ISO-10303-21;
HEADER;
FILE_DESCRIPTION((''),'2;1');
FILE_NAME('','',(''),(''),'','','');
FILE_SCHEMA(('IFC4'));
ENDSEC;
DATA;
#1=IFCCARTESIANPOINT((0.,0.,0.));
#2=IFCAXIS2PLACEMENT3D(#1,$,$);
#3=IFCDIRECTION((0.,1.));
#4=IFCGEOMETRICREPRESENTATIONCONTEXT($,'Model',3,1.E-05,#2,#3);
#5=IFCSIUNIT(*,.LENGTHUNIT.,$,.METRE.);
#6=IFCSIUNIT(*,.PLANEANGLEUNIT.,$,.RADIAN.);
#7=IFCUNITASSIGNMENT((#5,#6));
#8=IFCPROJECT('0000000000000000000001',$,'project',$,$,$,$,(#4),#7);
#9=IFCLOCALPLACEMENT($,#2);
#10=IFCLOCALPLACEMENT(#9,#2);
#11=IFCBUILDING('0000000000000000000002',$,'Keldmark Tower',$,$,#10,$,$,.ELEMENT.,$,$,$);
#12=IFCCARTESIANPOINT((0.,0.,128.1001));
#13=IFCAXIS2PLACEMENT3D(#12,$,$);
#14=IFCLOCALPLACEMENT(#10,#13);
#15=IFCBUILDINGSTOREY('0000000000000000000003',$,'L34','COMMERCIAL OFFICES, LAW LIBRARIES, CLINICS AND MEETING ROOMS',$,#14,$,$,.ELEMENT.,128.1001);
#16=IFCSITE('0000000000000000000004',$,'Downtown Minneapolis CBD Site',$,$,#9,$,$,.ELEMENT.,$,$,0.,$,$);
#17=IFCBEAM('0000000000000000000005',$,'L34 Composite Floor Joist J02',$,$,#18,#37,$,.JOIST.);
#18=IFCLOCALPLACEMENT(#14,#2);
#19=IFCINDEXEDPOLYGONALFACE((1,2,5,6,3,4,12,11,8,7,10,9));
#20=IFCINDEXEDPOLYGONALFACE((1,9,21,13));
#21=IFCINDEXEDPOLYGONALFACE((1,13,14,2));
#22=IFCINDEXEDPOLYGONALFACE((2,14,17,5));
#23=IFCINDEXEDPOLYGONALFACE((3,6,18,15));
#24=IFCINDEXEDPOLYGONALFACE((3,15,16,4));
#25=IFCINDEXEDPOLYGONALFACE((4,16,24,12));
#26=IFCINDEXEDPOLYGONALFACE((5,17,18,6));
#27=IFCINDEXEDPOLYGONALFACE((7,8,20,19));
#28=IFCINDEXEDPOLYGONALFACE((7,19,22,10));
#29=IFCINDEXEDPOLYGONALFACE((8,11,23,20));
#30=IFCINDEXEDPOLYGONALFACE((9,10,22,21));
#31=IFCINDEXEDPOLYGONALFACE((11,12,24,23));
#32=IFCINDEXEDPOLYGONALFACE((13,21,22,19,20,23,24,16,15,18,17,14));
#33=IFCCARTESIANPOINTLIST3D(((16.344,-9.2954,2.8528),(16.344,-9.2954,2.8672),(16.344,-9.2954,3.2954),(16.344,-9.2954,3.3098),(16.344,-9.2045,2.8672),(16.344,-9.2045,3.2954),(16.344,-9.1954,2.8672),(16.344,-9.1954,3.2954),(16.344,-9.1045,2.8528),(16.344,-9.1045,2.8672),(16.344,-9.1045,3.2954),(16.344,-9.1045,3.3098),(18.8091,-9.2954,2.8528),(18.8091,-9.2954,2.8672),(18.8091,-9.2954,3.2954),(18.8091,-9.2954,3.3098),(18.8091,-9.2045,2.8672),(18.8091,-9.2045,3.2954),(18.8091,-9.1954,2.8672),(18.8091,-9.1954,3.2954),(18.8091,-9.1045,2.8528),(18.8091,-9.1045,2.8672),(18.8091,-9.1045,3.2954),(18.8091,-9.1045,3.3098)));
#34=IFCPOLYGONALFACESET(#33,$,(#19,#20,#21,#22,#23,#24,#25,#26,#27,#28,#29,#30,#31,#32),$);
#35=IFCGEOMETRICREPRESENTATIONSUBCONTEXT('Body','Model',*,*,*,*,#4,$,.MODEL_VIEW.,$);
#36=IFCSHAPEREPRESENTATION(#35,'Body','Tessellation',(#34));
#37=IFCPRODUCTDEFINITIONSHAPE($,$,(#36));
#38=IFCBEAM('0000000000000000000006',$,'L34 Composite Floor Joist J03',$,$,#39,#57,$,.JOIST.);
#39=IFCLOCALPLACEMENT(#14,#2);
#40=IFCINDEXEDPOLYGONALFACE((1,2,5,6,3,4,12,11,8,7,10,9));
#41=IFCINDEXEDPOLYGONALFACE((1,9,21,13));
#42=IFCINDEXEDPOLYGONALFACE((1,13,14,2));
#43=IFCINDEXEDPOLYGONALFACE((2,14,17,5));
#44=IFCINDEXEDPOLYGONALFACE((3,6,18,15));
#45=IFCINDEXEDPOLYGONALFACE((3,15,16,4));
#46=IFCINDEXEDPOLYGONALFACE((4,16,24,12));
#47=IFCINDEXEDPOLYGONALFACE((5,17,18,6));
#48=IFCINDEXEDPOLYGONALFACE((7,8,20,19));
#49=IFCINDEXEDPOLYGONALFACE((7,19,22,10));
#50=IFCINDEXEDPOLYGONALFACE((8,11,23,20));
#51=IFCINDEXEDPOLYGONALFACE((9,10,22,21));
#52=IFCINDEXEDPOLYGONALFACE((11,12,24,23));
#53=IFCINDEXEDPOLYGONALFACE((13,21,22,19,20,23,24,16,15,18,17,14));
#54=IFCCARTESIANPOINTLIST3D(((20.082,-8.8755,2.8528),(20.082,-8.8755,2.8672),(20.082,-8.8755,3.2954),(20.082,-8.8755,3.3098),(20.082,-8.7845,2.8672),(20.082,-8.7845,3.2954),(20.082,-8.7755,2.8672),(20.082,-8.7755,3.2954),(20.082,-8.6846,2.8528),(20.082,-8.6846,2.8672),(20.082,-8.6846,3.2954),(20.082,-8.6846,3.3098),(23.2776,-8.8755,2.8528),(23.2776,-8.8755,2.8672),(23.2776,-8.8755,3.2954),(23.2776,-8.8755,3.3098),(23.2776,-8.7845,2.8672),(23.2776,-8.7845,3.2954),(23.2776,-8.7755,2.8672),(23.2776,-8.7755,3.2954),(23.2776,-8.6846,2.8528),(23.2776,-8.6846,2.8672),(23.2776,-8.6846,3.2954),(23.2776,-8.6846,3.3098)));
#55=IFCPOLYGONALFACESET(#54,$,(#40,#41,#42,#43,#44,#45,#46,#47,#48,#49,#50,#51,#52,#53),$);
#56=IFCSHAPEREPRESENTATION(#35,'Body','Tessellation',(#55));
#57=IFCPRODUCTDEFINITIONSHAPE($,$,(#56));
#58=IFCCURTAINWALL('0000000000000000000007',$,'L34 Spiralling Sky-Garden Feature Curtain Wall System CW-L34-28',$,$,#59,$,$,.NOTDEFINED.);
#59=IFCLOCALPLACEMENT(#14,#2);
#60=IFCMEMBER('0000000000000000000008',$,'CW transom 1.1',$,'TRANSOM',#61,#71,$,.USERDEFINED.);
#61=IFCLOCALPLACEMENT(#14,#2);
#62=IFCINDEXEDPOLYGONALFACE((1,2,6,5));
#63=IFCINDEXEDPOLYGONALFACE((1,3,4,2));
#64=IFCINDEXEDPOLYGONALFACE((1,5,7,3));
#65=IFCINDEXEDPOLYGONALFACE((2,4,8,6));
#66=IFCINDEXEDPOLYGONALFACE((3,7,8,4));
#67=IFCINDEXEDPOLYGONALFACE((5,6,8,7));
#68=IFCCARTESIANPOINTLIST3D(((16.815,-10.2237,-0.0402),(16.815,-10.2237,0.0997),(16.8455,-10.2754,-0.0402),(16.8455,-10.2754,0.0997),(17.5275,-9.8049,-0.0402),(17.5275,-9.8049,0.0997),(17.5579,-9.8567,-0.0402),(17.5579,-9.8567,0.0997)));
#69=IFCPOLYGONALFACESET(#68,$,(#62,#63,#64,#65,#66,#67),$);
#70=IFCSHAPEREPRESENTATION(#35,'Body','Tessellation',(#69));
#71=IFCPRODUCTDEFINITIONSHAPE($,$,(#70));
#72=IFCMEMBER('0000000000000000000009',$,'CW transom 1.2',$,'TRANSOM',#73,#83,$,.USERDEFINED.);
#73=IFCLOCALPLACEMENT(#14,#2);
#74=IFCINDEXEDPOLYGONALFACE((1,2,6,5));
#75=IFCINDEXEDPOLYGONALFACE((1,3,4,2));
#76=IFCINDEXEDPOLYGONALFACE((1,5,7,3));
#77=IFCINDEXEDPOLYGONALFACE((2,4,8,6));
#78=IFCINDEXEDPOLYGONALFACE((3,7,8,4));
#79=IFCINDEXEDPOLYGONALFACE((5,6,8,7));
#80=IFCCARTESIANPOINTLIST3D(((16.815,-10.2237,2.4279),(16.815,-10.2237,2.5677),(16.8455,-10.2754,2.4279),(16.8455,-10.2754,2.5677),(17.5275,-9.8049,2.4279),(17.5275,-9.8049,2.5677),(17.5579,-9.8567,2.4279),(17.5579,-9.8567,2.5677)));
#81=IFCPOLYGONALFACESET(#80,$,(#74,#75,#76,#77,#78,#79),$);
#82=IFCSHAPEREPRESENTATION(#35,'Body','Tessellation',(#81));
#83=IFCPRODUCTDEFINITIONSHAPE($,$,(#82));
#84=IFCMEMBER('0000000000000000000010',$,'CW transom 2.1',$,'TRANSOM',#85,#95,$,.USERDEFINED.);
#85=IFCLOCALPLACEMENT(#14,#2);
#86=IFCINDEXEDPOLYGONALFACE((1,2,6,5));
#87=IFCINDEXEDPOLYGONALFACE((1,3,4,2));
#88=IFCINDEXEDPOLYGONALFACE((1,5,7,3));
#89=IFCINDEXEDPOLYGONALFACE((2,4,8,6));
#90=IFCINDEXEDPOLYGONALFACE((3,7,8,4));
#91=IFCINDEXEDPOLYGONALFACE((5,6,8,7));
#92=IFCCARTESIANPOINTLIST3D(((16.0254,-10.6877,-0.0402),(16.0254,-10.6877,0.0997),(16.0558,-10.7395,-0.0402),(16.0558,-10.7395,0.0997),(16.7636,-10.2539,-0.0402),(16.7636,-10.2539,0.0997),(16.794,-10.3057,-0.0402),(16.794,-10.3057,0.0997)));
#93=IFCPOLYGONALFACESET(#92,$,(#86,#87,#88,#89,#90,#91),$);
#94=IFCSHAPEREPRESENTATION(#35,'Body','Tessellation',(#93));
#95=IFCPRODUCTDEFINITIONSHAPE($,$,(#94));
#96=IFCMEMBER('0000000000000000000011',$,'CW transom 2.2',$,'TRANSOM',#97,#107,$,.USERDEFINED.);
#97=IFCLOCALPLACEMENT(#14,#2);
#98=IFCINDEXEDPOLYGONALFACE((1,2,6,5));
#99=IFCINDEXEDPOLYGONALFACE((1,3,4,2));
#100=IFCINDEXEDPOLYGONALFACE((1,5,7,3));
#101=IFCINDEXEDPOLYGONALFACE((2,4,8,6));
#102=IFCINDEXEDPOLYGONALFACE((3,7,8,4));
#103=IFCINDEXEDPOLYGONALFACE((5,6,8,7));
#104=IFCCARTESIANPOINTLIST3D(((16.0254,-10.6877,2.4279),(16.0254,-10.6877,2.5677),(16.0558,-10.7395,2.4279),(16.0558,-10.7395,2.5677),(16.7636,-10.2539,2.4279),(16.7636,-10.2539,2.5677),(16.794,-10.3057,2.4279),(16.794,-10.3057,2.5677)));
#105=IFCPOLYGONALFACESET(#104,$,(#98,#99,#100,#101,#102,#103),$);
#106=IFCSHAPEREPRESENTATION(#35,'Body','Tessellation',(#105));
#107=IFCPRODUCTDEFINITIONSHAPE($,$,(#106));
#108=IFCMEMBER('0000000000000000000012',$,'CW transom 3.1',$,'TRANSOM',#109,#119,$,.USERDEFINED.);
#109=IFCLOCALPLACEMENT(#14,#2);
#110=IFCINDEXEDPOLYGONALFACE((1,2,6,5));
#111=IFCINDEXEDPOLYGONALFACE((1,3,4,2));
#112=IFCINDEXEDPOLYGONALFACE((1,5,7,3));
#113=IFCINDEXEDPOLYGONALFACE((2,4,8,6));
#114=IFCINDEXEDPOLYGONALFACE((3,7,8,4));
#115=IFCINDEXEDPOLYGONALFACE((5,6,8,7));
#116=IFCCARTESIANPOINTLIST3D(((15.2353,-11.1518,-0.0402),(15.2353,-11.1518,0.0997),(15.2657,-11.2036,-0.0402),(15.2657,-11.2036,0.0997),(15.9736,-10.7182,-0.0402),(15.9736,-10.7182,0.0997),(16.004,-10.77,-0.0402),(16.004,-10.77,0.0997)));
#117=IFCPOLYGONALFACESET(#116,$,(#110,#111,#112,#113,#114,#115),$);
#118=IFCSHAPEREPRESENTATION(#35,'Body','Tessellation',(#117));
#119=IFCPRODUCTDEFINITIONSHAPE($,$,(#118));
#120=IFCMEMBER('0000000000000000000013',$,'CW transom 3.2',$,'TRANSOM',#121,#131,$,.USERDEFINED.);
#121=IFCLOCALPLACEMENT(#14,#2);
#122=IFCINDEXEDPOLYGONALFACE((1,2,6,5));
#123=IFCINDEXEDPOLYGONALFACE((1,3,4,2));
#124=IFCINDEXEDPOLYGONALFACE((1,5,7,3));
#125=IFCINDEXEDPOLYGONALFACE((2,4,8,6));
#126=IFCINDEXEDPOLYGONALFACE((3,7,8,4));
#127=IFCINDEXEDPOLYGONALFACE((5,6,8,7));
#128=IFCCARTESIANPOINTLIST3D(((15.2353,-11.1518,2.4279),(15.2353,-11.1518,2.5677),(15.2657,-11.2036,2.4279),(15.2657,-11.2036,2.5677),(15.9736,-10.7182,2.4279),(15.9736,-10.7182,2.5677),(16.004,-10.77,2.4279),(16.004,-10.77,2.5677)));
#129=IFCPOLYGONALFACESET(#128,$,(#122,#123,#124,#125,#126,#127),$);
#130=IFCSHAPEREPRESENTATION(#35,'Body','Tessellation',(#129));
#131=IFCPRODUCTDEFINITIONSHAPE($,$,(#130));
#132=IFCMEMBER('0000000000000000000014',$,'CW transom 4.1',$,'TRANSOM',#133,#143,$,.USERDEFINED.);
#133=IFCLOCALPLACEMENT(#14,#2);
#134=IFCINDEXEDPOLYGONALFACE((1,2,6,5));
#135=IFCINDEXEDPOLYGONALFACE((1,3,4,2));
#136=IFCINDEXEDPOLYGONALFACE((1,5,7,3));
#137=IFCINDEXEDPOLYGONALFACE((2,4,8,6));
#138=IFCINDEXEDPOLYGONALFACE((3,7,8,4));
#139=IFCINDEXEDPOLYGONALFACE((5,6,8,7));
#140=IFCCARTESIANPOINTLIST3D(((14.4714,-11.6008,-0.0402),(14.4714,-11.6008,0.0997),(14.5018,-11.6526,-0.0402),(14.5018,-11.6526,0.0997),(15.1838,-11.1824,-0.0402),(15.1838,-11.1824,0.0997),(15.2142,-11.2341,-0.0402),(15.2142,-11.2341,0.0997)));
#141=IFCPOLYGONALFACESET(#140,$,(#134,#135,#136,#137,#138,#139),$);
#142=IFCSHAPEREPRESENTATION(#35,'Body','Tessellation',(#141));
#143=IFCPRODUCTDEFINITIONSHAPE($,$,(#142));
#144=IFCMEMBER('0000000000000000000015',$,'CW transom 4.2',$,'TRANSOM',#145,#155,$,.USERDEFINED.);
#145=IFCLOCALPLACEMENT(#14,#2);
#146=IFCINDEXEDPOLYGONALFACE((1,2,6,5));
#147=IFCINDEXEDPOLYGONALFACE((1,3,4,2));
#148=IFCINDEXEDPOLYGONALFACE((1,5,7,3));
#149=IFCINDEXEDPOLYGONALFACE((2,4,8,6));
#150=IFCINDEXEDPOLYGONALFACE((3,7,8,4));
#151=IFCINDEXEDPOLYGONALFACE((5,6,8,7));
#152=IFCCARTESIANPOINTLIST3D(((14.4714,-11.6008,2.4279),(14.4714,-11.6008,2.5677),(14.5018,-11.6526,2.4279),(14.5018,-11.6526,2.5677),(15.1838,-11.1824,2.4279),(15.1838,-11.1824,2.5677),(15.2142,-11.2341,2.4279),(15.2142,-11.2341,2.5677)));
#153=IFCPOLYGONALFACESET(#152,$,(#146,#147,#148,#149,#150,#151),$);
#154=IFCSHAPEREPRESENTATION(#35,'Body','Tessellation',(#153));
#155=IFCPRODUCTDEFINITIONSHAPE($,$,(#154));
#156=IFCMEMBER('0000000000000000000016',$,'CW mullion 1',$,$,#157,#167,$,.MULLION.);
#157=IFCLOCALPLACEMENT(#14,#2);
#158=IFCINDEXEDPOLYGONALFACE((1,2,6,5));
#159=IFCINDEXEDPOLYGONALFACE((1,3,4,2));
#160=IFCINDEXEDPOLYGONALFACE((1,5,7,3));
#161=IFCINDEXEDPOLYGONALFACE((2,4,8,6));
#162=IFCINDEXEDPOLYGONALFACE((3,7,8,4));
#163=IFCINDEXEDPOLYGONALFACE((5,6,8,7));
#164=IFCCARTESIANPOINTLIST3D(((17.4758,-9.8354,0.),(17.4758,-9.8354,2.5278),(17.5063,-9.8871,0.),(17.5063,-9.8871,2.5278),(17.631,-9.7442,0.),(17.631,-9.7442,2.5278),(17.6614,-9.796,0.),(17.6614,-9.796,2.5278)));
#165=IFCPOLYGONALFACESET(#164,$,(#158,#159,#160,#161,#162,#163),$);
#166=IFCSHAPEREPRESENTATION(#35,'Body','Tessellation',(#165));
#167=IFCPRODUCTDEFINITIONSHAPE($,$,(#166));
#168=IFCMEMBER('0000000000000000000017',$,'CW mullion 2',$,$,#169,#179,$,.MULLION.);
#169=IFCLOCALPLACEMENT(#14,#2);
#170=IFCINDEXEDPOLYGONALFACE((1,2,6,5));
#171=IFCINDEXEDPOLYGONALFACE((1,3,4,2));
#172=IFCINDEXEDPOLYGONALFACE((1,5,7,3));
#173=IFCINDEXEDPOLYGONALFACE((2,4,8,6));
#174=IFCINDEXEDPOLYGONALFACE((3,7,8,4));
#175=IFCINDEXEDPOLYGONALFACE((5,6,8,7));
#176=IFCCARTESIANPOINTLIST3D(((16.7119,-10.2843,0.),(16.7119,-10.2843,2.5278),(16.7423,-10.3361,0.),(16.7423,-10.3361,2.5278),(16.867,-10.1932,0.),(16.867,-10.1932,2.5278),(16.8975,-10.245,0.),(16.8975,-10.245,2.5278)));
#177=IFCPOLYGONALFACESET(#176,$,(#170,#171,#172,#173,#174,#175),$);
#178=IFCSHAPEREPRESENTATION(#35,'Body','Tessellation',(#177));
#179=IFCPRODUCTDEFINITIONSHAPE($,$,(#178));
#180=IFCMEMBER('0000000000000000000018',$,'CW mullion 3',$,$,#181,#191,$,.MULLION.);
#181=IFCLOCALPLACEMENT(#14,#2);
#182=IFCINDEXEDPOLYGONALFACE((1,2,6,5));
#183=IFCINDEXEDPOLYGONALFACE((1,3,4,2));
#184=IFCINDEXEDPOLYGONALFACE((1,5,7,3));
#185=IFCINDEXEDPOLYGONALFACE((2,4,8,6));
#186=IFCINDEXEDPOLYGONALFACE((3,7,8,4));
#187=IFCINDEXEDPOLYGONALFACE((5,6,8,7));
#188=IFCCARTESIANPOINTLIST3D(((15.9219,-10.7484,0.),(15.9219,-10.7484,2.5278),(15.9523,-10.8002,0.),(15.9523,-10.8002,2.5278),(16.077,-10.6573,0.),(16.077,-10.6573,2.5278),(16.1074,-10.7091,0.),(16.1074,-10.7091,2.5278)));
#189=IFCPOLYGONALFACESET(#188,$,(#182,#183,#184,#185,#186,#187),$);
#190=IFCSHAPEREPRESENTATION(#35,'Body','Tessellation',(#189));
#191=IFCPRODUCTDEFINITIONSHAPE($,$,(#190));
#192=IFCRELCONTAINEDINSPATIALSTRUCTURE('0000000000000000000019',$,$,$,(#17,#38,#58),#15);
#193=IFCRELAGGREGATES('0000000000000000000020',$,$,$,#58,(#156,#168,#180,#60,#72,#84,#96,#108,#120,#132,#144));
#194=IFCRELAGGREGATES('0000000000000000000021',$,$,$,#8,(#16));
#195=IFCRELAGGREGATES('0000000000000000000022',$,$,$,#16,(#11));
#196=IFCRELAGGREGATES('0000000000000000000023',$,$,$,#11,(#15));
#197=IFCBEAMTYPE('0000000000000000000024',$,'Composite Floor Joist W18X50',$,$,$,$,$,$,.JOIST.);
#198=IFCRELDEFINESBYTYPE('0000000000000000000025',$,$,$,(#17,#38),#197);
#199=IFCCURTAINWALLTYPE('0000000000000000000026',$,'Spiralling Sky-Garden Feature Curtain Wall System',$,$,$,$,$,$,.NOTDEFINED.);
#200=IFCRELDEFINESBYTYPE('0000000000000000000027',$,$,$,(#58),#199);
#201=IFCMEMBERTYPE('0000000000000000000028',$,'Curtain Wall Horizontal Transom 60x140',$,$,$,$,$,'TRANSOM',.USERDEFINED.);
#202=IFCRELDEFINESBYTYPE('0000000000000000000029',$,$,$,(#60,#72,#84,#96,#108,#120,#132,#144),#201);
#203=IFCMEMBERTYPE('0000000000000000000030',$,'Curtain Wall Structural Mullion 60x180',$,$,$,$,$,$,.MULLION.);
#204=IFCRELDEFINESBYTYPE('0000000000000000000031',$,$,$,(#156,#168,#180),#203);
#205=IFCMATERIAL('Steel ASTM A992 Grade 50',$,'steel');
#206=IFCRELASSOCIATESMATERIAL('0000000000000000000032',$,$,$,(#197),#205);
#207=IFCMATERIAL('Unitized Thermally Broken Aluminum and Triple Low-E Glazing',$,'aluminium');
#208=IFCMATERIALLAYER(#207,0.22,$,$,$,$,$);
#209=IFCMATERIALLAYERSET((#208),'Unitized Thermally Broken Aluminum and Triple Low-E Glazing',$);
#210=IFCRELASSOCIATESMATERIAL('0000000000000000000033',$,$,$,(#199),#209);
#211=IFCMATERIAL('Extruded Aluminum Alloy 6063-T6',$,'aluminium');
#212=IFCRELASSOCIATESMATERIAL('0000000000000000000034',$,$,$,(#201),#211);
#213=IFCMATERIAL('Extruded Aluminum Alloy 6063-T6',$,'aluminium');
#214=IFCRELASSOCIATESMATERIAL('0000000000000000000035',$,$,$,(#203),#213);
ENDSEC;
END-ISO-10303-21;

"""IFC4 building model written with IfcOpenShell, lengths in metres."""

from ifc_helpers import new_model, si_unit, direction, frame, origin, origin_2d, place, context, subcontext, project, spatial, rectangle, i_section, extrude, material, layer, layer_set, material_profile, profile_set, type_object, element, aggregate, save


model = new_model("IFC4")

# Units and contexts
model_context = context("Model", 3, precision=1e-05, world=origin(), true_north=direction((0.0, 1.0)))
body_context = subcontext(model_context, "Body", "Model", "MODEL_VIEW")
ifc_project = project(units=[si_unit("LENGTHUNIT", "METRE"), si_unit("PLANEANGLEUNIT", "RADIAN")], contexts=[model_context])

# Site, building, storey
site_placement = place(None, origin())
site = spatial("IfcSite", under=ifc_project, at=site_placement, Name="Downtown Minneapolis CBD Site", CompositionType="ELEMENT", RefElevation=0.0)
building_placement = place(site_placement, origin())
building = spatial("IfcBuilding", under=site, at=building_placement, Name="Keldmark Tower", CompositionType="ELEMENT")
storey_placement = place(building_placement, frame((0.0, 0.0, 128.1001)))
storey = spatial("IfcBuildingStorey", under=building, at=storey_placement, Name="L34", Description="COMMERCIAL OFFICES, LAW LIBRARIES, CLINICS AND MEETING ROOMS", CompositionType="ELEMENT", Elevation=128.1001)

# Beams
ifc_material_1 = material(Name="Steel ASTM A992 Grade 50", Category="steel")
ifc_material_profile_1 = material_profile(ifc_material_1, i_section(OverallWidth=0.1909, OverallDepth=0.457, WebThickness=0.009, FlangeThickness=0.0144, at=origin_2d()), Name="W18X50")
ifc_profile_set_1 = profile_set([ifc_material_profile_1], Name="Steel ASTM A992 Grade 50")
beam_type_1 = type_object("IfcBeamType", Name="Composite Floor Joist W18X50", PredefinedType="JOIST", material=ifc_profile_set_1)
beam_1_placement = place(storey_placement, frame((16.344, -9.2, 3.0813), z_axis=(1.0, 0.0, 0.0), x_axis=(0.0, 1.0, 0.0)))
element("IfcBeam", 1, at=beam_1_placement, inside=storey, type_object=beam_type_1, Name="L34 Composite Floor Joist J02", PredefinedType="JOIST", context=body_context, shape_type="SweptSolid", body=[
    extrude(i_section(OverallWidth=0.1909, OverallDepth=0.457, WebThickness=0.009, FlangeThickness=0.0144, at=origin_2d()), origin(), (0.0, 0.0, 1.0), 2.4651),
])
beam_2_placement = place(storey_placement, frame((20.082, -8.78, 3.0813), z_axis=(1.0, 0.0, 0.0), x_axis=(0.0, 1.0, 0.0)))
element("IfcBeam", 2, at=beam_2_placement, inside=storey, type_object=beam_type_1, Name="L34 Composite Floor Joist J03", PredefinedType="JOIST", context=body_context, shape_type="SweptSolid", body=[
    extrude(i_section(OverallWidth=0.1909, OverallDepth=0.457, WebThickness=0.009, FlangeThickness=0.0144, at=origin_2d()), origin(), (0.0, 0.0, 1.0), 3.1956),
])

# Curtain wall, members
ifc_material_2 = material(Name="Unitized Thermally Broken Aluminum and Triple Low-E Glazing", Category="aluminium")
ifc_layer_1 = layer(ifc_material_2, 0.22)
ifc_layer_set_1 = layer_set([ifc_layer_1], Name="Unitized Thermally Broken Aluminum and Triple Low-E Glazing")
curtain_wall_type = type_object("IfcCurtainWallType", Name="Spiralling Sky-Garden Feature Curtain Wall System", PredefinedType="NOTDEFINED", material=ifc_layer_set_1)
curtain_wall_placement = place(storey_placement, origin())
curtain_wall = element("IfcCurtainWall", 3, at=curtain_wall_placement, inside=storey, type_object=curtain_wall_type, Name="L34 Spiralling Sky-Garden Feature Curtain Wall System CW-L34-28", PredefinedType="NOTDEFINED")
ifc_material_3 = material(Name="Extruded Aluminum Alloy 6063-T6", Category="aluminium")
ifc_material_profile_2 = material_profile(ifc_material_3, rectangle(XDim=0.0601, YDim=0.1399, at=origin_2d()), Name="CWT60X140")
ifc_profile_set_2 = profile_set([ifc_material_profile_2], Name="Extruded Aluminum Alloy 6063-T6")
member_type_1 = type_object("IfcMemberType", Name="Curtain Wall Horizontal Transom 60x140", ElementType="TRANSOM", PredefinedType="USERDEFINED", material=ifc_profile_set_2)
member_1_placement = place(storey_placement, frame((17.5427, -9.8308, 0.0298), z_axis=(-0.862124, -0.506697, 0.0), x_axis=(0.506697, -0.862124, 0.0)))
member_1 = element("IfcMember", 4, at=member_1_placement, type_object=member_type_1, Name="CW transom 1.1", ObjectType="TRANSOM", PredefinedType="USERDEFINED", context=body_context, shape_type="SweptSolid", body=[
    extrude(rectangle(XDim=0.0601, YDim=0.1399, at=origin_2d()), origin(), (0.0, 0.0, 1.0), 0.8264),
])
member_2_placement = place(storey_placement, frame((17.5427, -9.8308, 2.4978), z_axis=(-0.862124, -0.506697, 0.0), x_axis=(0.506697, -0.862124, 0.0)))
member_2 = element("IfcMember", 5, at=member_2_placement, type_object=member_type_1, Name="CW transom 1.2", ObjectType="TRANSOM", PredefinedType="USERDEFINED", context=body_context, shape_type="SweptSolid", body=[
    extrude(rectangle(XDim=0.0601, YDim=0.1399, at=origin_2d()), origin(), (0.0, 0.0, 1.0), 0.8264),
])
member_3_placement = place(storey_placement, frame((16.7788, -10.2798, 0.0298), z_axis=(-0.862161, -0.506634, 0.0), x_axis=(0.506634, -0.862161, 0.0)))
member_3 = element("IfcMember", 6, at=member_3_placement, type_object=member_type_1, Name="CW transom 2.1", ObjectType="TRANSOM", PredefinedType="USERDEFINED", context=body_context, shape_type="SweptSolid", body=[
    extrude(rectangle(XDim=0.0601, YDim=0.1399, at=origin_2d()), origin(), (0.0, 0.0, 1.0), 0.8562),
])
member_4_placement = place(storey_placement, frame((16.7788, -10.2798, 2.4978), z_axis=(-0.862161, -0.506634, 0.0), x_axis=(0.506634, -0.862161, 0.0)))
member_4 = element("IfcMember", 7, at=member_4_placement, type_object=member_type_1, Name="CW transom 2.2", ObjectType="TRANSOM", PredefinedType="USERDEFINED", context=body_context, shape_type="SweptSolid", body=[
    extrude(rectangle(XDim=0.0601, YDim=0.1399, at=origin_2d()), origin(), (0.0, 0.0, 1.0), 0.8562),
])
member_5_placement = place(storey_placement, frame((15.9888, -10.7441, 0.0298), z_axis=(-0.862286, -0.506422, 0.0), x_axis=(0.506422, -0.862286, 0.0)))
member_5 = element("IfcMember", 8, at=member_5_placement, type_object=member_type_1, Name="CW transom 3.1", ObjectType="TRANSOM", PredefinedType="USERDEFINED", context=body_context, shape_type="SweptSolid", body=[
    extrude(rectangle(XDim=0.0601, YDim=0.1399, at=origin_2d()), origin(), (0.0, 0.0, 1.0), 0.8562),
])
member_6_placement = place(storey_placement, frame((15.9888, -10.7441, 2.4978), z_axis=(-0.862286, -0.506422, 0.0), x_axis=(0.506422, -0.862286, 0.0)))
member_6 = element("IfcMember", 9, at=member_6_placement, type_object=member_type_1, Name="CW transom 3.2", ObjectType="TRANSOM", PredefinedType="USERDEFINED", context=body_context, shape_type="SweptSolid", body=[
    extrude(rectangle(XDim=0.0601, YDim=0.1399, at=origin_2d()), origin(), (0.0, 0.0, 1.0), 0.8562),
])
member_7_placement = place(storey_placement, frame((15.199, -11.2083, 0.0298), z_axis=(-0.862253, -0.506478, 0.0), x_axis=(0.506478, -0.862253, 0.0)))
member_7 = element("IfcMember", 10, at=member_7_placement, type_object=member_type_1, Name="CW transom 4.1", ObjectType="TRANSOM", PredefinedType="USERDEFINED", context=body_context, shape_type="SweptSolid", body=[
    extrude(rectangle(XDim=0.0601, YDim=0.1399, at=origin_2d()), origin(), (0.0, 0.0, 1.0), 0.8262),
])
member_8_placement = place(storey_placement, frame((15.199, -11.2083, 2.4978), z_axis=(-0.862253, -0.506478, 0.0), x_axis=(0.506478, -0.862253, 0.0)))
member_8 = element("IfcMember", 11, at=member_8_placement, type_object=member_type_1, Name="CW transom 4.2", ObjectType="TRANSOM", PredefinedType="USERDEFINED", context=body_context, shape_type="SweptSolid", body=[
    extrude(rectangle(XDim=0.0601, YDim=0.1399, at=origin_2d()), origin(), (0.0, 0.0, 1.0), 0.8262),
])
ifc_material_4 = material(Name="Extruded Aluminum Alloy 6063-T6", Category="aluminium")
ifc_material_profile_3 = material_profile(ifc_material_4, rectangle(XDim=0.0601, YDim=0.1799, at=origin_2d()), Name="CWM60X180")
ifc_profile_set_3 = profile_set([ifc_material_profile_3], Name="Extruded Aluminum Alloy 6063-T6")
member_type_2 = type_object("IfcMemberType", Name="Curtain Wall Structural Mullion 60x180", PredefinedType="MULLION", material=ifc_profile_set_3)
member_9_placement = place(storey_placement, frame((17.5686, -9.8157, 0.0), z_axis=(0.0, 0.0, 1.0), x_axis=(0.506625, -0.862166, 0.0)))
member_9 = element("IfcMember", 12, at=member_9_placement, type_object=member_type_2, Name="CW mullion 1", PredefinedType="MULLION", context=body_context, shape_type="SweptSolid", body=[
    extrude(rectangle(XDim=0.0601, YDim=0.1799, at=origin_2d()), origin(), (0.0, 0.0, 1.0), 2.5278),
])
member_10_placement = place(storey_placement, frame((16.8047, -10.2646, 0.0), z_axis=(0.0, 0.0, 1.0), x_axis=(0.506625, -0.862166, 0.0)))
member_10 = element("IfcMember", 13, at=member_10_placement, type_object=member_type_2, Name="CW mullion 2", PredefinedType="MULLION", context=body_context, shape_type="SweptSolid", body=[
    extrude(rectangle(XDim=0.0601, YDim=0.1799, at=origin_2d()), origin(), (0.0, 0.0, 1.0), 2.5278),
])
member_11_placement = place(storey_placement, frame((16.0146, -10.7288, 0.0), z_axis=(0.0, 0.0, 1.0), x_axis=(0.506625, -0.862166, 0.0)))
member_11 = element("IfcMember", 14, at=member_11_placement, type_object=member_type_2, Name="CW mullion 3", PredefinedType="MULLION", context=body_context, shape_type="SweptSolid", body=[
    extrude(rectangle(XDim=0.0601, YDim=0.1799, at=origin_2d()), origin(), (0.0, 0.0, 1.0), 2.5278),
])

aggregate(curtain_wall, [member_9, member_10, member_11, member_1, member_2, member_3, member_4, member_5, member_6, member_7, member_8])

save(model, "model.ifc")
